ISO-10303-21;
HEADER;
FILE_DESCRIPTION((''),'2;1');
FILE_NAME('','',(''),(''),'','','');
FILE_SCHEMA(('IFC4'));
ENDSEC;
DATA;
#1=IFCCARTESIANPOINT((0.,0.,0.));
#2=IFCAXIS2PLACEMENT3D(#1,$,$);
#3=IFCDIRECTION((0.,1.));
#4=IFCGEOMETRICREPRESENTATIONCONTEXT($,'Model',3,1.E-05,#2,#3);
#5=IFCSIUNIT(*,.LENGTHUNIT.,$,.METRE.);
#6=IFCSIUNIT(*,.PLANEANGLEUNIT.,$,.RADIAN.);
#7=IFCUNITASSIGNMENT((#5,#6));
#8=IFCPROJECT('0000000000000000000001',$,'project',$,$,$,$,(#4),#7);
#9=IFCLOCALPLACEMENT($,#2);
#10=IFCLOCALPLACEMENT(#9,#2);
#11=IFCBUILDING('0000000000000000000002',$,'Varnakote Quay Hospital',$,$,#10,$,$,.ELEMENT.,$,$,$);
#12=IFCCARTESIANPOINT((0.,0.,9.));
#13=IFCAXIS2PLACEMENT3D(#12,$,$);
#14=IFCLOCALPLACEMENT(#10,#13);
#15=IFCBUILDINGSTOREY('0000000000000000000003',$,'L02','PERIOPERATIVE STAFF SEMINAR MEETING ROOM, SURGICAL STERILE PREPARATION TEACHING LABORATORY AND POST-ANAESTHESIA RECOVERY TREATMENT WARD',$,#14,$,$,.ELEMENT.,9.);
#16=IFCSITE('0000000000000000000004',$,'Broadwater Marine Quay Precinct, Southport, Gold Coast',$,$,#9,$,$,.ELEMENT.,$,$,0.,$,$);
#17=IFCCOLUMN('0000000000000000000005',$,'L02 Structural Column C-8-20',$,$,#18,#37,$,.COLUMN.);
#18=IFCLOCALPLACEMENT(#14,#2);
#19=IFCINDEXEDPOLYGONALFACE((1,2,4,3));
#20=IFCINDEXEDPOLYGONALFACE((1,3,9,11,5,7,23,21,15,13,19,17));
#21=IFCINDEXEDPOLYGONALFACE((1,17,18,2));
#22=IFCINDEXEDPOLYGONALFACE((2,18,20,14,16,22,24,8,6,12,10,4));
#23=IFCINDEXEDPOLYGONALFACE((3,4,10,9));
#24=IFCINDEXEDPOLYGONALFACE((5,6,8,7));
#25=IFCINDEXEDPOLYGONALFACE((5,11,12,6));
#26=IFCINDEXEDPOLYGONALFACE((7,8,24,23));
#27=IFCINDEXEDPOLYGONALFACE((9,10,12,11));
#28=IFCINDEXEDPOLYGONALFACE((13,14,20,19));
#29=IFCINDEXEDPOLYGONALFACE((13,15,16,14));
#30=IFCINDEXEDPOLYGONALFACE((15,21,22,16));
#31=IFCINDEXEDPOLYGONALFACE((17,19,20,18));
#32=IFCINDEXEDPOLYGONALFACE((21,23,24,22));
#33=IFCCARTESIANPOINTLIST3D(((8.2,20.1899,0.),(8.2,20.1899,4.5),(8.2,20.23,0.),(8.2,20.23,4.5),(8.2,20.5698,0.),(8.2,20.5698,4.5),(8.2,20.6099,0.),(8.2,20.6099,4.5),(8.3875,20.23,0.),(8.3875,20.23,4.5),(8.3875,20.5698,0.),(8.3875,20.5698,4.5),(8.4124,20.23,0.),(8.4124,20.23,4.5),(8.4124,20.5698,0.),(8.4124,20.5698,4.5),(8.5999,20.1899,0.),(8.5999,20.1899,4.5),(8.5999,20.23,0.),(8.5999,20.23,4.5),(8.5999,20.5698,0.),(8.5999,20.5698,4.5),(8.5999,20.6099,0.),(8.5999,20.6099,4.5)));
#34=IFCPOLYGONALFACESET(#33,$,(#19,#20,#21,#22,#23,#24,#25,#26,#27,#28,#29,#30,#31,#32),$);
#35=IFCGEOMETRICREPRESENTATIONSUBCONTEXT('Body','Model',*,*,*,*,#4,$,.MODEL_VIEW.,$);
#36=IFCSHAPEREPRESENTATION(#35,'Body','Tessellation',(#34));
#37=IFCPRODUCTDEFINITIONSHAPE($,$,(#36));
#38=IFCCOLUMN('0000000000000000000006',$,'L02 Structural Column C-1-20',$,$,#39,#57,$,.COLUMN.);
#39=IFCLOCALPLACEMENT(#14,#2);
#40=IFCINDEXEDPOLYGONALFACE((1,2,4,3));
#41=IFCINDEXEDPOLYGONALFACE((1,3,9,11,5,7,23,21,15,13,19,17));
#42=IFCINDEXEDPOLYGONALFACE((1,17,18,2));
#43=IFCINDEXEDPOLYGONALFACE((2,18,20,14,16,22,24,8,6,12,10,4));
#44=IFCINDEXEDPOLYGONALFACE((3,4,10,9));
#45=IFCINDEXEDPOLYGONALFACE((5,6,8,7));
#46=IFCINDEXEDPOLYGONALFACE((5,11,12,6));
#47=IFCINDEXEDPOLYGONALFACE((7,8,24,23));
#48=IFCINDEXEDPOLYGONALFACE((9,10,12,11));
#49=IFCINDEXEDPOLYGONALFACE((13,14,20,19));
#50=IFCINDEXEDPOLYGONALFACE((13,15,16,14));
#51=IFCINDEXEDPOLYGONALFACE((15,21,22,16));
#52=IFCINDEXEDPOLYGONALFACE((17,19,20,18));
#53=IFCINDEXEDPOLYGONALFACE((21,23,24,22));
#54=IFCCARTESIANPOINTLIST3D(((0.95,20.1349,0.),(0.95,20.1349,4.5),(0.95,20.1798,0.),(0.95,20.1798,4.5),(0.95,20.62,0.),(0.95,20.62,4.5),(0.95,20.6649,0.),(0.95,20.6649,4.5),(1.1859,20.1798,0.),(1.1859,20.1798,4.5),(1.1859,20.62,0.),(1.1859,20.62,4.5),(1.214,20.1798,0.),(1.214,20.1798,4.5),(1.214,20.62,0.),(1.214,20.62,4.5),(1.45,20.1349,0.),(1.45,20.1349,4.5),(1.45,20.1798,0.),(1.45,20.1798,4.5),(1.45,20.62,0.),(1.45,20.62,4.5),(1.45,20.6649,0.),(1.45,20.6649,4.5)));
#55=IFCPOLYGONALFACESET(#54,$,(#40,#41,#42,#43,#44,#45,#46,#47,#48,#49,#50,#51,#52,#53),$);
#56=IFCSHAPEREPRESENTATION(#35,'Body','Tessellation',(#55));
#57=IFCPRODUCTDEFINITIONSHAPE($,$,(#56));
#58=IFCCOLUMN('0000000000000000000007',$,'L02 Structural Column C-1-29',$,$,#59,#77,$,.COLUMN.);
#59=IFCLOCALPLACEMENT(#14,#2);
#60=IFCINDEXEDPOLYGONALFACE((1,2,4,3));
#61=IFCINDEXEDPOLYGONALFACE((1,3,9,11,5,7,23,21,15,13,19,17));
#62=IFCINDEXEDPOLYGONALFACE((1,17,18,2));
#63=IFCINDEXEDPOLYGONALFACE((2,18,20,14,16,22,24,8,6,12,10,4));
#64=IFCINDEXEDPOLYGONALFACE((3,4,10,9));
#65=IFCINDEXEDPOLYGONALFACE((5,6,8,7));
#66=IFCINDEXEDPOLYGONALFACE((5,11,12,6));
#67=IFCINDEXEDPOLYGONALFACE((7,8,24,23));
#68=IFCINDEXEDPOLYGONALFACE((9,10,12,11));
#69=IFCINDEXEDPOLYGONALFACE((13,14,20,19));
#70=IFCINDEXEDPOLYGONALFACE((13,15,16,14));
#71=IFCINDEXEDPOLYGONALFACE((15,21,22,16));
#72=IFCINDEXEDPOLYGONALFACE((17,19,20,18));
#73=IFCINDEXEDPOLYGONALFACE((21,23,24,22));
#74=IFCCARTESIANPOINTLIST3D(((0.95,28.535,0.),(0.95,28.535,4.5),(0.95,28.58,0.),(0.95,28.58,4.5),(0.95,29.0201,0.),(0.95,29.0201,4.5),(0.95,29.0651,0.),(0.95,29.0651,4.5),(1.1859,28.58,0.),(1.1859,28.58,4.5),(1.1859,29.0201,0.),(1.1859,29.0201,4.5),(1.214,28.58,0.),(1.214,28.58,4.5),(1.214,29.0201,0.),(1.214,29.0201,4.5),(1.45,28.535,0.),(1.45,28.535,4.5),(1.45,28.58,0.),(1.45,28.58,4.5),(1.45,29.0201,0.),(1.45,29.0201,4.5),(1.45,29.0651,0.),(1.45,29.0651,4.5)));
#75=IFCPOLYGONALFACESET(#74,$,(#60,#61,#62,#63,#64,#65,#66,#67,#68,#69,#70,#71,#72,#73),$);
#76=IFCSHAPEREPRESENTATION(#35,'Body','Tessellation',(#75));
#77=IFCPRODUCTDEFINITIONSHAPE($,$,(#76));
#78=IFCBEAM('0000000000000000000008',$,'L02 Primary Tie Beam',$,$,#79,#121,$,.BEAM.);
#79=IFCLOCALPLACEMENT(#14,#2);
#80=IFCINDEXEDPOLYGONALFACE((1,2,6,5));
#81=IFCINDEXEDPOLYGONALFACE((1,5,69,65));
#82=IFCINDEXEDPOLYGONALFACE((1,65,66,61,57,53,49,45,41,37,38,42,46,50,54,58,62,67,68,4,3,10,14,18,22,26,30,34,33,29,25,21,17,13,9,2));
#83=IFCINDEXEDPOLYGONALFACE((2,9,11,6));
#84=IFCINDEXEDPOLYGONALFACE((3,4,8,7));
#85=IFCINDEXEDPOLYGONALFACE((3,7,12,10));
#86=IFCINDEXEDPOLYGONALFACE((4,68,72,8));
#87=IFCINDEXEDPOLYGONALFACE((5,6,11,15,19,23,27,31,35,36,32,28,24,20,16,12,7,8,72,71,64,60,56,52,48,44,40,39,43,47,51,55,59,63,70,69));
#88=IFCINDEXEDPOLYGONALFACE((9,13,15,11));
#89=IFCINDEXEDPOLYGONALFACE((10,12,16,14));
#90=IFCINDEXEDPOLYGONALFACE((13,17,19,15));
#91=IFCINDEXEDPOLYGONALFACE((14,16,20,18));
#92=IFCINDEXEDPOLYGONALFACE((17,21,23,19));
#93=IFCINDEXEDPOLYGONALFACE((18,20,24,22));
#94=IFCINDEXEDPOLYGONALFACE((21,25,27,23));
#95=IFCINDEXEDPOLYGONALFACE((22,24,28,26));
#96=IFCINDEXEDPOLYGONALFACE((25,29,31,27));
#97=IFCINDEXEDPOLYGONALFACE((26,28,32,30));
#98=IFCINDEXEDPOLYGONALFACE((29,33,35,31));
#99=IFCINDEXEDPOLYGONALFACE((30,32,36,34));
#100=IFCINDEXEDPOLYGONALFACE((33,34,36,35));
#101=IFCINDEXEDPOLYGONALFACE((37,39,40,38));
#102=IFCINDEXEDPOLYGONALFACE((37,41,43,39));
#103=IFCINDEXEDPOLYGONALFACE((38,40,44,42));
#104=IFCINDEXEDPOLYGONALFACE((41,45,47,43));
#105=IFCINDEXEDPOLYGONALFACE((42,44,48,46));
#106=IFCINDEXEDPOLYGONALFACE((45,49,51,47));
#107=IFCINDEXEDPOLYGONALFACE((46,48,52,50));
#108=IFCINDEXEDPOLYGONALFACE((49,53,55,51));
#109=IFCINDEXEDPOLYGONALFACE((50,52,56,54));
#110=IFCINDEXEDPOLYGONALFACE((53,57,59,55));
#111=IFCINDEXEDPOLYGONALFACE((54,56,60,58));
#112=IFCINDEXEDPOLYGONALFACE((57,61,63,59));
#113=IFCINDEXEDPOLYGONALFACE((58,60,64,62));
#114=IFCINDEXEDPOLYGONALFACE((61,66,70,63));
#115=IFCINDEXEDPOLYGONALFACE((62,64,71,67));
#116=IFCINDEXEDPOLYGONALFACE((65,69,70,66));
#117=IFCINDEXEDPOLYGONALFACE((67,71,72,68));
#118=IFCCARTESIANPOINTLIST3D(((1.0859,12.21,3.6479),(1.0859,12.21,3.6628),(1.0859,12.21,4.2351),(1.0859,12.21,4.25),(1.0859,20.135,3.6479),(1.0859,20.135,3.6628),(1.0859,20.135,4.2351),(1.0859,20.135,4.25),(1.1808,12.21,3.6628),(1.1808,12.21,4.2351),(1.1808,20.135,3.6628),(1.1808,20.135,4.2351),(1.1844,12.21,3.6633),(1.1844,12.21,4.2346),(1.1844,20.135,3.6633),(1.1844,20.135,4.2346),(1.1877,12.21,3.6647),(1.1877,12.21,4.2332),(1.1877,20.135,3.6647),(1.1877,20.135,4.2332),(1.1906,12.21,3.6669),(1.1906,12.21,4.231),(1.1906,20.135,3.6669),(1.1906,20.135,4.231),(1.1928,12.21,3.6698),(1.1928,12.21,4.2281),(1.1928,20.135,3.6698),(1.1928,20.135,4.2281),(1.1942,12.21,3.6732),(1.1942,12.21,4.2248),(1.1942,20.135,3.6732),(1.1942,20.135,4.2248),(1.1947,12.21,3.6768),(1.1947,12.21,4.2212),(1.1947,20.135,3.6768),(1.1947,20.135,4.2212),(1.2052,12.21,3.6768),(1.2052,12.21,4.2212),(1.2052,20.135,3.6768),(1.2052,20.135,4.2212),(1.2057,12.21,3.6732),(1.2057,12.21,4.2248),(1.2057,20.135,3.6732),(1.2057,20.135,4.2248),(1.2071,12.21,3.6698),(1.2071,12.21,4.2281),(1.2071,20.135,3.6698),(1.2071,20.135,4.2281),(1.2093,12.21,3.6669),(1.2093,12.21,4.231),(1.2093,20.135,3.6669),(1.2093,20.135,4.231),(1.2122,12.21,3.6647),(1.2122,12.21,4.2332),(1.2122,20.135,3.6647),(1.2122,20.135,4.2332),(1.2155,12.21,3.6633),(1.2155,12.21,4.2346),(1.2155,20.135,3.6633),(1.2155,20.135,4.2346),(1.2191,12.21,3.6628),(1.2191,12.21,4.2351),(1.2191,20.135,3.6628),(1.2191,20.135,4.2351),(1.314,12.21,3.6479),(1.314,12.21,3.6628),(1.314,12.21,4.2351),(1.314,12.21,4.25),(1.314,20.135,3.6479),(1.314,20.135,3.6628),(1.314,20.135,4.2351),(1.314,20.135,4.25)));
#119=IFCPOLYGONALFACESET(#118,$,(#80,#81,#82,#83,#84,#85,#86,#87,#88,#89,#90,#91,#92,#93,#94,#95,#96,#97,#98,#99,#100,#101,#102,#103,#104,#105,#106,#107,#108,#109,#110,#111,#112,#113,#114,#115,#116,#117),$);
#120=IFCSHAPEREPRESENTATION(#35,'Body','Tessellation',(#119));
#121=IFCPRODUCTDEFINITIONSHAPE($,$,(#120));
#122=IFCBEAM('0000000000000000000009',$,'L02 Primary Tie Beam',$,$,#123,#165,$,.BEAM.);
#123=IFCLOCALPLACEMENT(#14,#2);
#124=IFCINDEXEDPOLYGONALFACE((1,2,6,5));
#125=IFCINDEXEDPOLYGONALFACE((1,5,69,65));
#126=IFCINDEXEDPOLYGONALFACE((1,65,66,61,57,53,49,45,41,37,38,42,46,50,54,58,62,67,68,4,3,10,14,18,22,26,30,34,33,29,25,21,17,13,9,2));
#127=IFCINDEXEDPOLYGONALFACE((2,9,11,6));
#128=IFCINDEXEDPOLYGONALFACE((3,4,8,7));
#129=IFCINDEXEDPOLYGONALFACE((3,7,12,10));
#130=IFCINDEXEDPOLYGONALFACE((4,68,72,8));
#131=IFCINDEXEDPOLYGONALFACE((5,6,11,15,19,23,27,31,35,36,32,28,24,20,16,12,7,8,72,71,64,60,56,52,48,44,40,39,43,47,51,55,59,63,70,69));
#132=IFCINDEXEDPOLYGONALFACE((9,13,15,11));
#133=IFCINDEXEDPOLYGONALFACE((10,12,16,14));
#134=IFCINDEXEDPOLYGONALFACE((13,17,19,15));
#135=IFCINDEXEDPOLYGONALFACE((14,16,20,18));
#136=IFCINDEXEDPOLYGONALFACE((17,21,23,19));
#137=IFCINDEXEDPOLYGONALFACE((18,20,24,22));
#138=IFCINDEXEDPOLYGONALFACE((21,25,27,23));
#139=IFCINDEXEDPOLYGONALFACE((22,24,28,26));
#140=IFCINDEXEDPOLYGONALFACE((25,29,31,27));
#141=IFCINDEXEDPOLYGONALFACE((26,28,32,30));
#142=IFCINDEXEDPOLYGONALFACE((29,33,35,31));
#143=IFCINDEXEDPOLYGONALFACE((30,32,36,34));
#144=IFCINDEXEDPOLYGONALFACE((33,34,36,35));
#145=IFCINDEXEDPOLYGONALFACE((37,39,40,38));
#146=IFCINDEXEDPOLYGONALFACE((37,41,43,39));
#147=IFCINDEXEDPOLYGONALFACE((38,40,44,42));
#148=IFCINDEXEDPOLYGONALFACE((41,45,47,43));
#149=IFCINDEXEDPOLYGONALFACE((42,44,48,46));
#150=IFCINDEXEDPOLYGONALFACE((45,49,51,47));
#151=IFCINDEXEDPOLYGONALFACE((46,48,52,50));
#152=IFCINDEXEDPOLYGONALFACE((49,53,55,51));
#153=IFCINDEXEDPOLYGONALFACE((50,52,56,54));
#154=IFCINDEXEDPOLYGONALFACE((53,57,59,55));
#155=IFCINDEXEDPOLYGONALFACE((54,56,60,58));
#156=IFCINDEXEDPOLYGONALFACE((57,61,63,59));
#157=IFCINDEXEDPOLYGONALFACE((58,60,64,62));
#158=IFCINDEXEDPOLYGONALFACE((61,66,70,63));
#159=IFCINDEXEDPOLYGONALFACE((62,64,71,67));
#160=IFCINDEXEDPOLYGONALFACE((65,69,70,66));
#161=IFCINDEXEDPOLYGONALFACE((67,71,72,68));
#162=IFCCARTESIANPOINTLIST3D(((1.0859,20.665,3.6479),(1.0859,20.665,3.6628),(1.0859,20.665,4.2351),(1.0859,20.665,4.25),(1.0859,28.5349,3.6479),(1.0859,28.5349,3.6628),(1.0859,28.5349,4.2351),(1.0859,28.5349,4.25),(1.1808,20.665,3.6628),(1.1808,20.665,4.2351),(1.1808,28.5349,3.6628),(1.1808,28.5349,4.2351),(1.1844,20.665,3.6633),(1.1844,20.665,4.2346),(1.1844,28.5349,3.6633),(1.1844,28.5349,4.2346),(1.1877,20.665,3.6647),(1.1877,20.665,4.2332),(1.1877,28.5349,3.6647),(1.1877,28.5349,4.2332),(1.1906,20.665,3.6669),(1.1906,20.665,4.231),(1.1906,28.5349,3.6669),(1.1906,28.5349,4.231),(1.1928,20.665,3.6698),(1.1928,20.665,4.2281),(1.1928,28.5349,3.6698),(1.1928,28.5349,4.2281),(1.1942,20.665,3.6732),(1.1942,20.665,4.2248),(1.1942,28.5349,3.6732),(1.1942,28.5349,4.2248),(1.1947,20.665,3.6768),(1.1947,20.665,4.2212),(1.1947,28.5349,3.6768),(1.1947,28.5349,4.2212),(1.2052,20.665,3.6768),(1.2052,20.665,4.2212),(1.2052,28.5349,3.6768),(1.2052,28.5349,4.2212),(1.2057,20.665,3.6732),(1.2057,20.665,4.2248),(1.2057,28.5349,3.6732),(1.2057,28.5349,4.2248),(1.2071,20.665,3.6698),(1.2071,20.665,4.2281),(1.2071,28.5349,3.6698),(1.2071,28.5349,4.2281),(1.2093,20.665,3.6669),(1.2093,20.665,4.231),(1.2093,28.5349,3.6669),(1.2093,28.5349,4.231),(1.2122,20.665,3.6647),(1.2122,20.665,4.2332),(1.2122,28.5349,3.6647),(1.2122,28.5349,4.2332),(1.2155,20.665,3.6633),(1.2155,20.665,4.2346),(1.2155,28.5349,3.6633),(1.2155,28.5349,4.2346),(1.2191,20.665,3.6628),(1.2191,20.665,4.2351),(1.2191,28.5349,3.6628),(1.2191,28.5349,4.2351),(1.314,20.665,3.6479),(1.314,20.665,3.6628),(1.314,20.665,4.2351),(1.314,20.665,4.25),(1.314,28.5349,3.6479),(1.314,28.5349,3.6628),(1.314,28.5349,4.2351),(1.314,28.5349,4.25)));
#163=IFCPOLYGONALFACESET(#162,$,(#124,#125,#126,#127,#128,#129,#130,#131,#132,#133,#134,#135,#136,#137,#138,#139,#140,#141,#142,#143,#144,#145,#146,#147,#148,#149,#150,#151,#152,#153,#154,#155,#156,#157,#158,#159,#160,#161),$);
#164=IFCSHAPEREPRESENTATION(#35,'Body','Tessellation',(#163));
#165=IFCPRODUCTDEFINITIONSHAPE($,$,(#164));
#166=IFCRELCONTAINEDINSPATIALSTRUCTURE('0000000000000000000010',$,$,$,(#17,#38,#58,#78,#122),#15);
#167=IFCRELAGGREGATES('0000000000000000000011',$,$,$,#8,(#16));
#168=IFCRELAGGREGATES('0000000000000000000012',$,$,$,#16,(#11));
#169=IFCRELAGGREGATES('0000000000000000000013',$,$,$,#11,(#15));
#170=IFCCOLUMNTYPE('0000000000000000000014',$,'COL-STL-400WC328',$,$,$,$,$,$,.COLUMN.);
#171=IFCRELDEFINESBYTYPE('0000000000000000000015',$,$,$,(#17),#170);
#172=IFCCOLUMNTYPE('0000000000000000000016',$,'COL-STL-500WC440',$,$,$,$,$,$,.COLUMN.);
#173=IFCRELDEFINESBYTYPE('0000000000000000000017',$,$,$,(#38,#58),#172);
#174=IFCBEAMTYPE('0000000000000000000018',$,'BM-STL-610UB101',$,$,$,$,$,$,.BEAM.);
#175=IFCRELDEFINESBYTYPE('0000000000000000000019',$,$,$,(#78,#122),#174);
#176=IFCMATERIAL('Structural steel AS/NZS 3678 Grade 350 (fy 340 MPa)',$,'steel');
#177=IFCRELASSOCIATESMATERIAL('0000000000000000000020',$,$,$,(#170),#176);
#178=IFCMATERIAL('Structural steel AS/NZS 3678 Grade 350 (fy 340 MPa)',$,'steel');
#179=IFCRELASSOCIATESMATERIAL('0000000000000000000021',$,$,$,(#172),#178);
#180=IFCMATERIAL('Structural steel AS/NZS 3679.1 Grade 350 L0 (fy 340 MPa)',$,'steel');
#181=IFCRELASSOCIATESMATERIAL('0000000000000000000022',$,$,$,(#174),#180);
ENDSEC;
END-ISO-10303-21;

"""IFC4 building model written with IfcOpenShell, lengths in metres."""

from ifc_helpers import new_model, si_unit, direction, frame, origin, origin_2d, place, context, subcontext, project, spatial, i_section, extrude, material, material_profile, profile_set, type_object, element, save


model = new_model("IFC4")

# Units and contexts
model_context = context("Model", 3, precision=1e-05, world=origin(), true_north=direction((0.0, 1.0)))
body_context = subcontext(model_context, "Body", "Model", "MODEL_VIEW")
ifc_project = project(units=[si_unit("LENGTHUNIT", "METRE"), si_unit("PLANEANGLEUNIT", "RADIAN")], contexts=[model_context])

# Site, building, storey
site_placement = place(None, origin())
site = spatial("IfcSite", under=ifc_project, at=site_placement, Name="Broadwater Marine Quay Precinct, Southport, Gold Coast", CompositionType="ELEMENT", RefElevation=0.0)
building_placement = place(site_placement, origin())
building = spatial("IfcBuilding", under=site, at=building_placement, Name="Varnakote Quay Hospital", CompositionType="ELEMENT")
storey_placement = place(building_placement, frame((0.0, 0.0, 9.0)))
storey = spatial("IfcBuildingStorey", under=building, at=storey_placement, Name="L02", Description="PERIOPERATIVE STAFF SEMINAR MEETING ROOM, SURGICAL STERILE PREPARATION TEACHING LABORATORY AND POST-ANAESTHESIA RECOVERY TREATMENT WARD", CompositionType="ELEMENT", Elevation=9.0)

# Columns
ifc_material_1 = material(Name="Structural steel AS/NZS 3678 Grade 350 (fy 340 MPa)", Category="steel")
ifc_material_profile_1 = material_profile(ifc_material_1, i_section(OverallWidth=0.3999, OverallDepth=0.4199, WebThickness=0.0249, FlangeThickness=0.04, at=origin_2d()), Name="400WC328")
ifc_profile_set_1 = profile_set([ifc_material_profile_1], Name="Structural steel AS/NZS 3678 Grade 350 (fy 340 MPa)")
column_type_1 = type_object("IfcColumnType", Name="COL-STL-400WC328", PredefinedType="COLUMN", material=ifc_profile_set_1)
column_placement = place(storey_placement, frame((8.3999, 20.3999, 0.0), z_axis=(0.0, 0.0, 1.0), x_axis=(1.0, 0.0, 0.0)))
element("IfcColumn", 1, at=column_placement, inside=storey, type_object=column_type_1, Name="L02 Structural Column C-8-20", PredefinedType="COLUMN", context=body_context, shape_type="SweptSolid", body=[
    extrude(i_section(OverallWidth=0.3999, OverallDepth=0.4199, WebThickness=0.0249, FlangeThickness=0.04, at=origin_2d()), origin(), (0.0, 0.0, 1.0), 4.5),
])
ifc_material_2 = material(Name="Structural steel AS/NZS 3678 Grade 350 (fy 340 MPa)", Category="steel")
ifc_material_profile_2 = material_profile(ifc_material_2, i_section(OverallWidth=0.5, OverallDepth=0.53, WebThickness=0.0281, FlangeThickness=0.0449, at=origin_2d()), Name="500WC440")
ifc_profile_set_2 = profile_set([ifc_material_profile_2], Name="Structural steel AS/NZS 3678 Grade 350 (fy 340 MPa)")
column_type_2 = type_object("IfcColumnType", Name="COL-STL-500WC440", PredefinedType="COLUMN", material=ifc_profile_set_2)
for number, where, z_axis, x_axis, name in (
    (2, (1.2, 20.3999, 0.0), (0.0, 0.0, 1.0), (1.0, 0.0, 0.0), "L02 Structural Column C-1-20"),
    (3, (1.2, 28.8, 0.0), (0.0, 0.0, 1.0), (1.0, 0.0, 0.0), "L02 Structural Column C-1-29"),
):
    element("IfcColumn", number, at=place(storey_placement, frame(where, z_axis=z_axis, x_axis=x_axis)), inside=storey, type_object=column_type_2, Name=name, PredefinedType="COLUMN", context=body_context, shape_type="SweptSolid", body=[
        extrude(i_section(OverallWidth=0.5, OverallDepth=0.53, WebThickness=0.0281, FlangeThickness=0.0449, at=origin_2d()), origin(), (0.0, 0.0, 1.0), 4.5),
    ])

# Beams
ifc_material_3 = material(Name="Structural steel AS/NZS 3679.1 Grade 350 L0 (fy 340 MPa)", Category="steel")
ifc_material_profile_3 = material_profile(ifc_material_3, i_section(OverallWidth=0.228, OverallDepth=0.6021, WebThickness=0.0105, FlangeThickness=0.0149, FilletRadius=0.0139, at=origin_2d()), Name="610UB101")
ifc_profile_set_3 = profile_set([ifc_material_profile_3], Name="Structural steel AS/NZS 3679.1 Grade 350 L0 (fy 340 MPa)")
beam_type_1 = type_object("IfcBeamType", Name="BM-STL-610UB101", PredefinedType="BEAM", material=ifc_profile_set_3)
beam_1_placement = place(storey_placement, frame((1.2, 12.21, 3.949), z_axis=(0.0, 1.0, 0.0), x_axis=(-1.0, 0.0, 0.0)))
element("IfcBeam", 4, at=beam_1_placement, inside=storey, type_object=beam_type_1, Name="L02 Primary Tie Beam", PredefinedType="BEAM", context=body_context, shape_type="SweptSolid", body=[
    extrude(i_section(OverallWidth=0.228, OverallDepth=0.6021, WebThickness=0.0105, FlangeThickness=0.0149, FilletRadius=0.0139, at=origin_2d()), origin(), (0.0, 0.0, 1.0), 7.925),
])
beam_2_placement = place(storey_placement, frame((1.2, 20.665, 3.949), z_axis=(0.0, 1.0, 0.0), x_axis=(-1.0, 0.0, 0.0)))
element("IfcBeam", 5, at=beam_2_placement, inside=storey, type_object=beam_type_1, Name="L02 Primary Tie Beam", PredefinedType="BEAM", context=body_context, shape_type="SweptSolid", body=[
    extrude(i_section(OverallWidth=0.228, OverallDepth=0.6021, WebThickness=0.0105, FlangeThickness=0.0149, FilletRadius=0.0139, at=origin_2d()), origin(), (0.0, 0.0, 1.0), 7.8699),
])

save(model, "model.ifc")
